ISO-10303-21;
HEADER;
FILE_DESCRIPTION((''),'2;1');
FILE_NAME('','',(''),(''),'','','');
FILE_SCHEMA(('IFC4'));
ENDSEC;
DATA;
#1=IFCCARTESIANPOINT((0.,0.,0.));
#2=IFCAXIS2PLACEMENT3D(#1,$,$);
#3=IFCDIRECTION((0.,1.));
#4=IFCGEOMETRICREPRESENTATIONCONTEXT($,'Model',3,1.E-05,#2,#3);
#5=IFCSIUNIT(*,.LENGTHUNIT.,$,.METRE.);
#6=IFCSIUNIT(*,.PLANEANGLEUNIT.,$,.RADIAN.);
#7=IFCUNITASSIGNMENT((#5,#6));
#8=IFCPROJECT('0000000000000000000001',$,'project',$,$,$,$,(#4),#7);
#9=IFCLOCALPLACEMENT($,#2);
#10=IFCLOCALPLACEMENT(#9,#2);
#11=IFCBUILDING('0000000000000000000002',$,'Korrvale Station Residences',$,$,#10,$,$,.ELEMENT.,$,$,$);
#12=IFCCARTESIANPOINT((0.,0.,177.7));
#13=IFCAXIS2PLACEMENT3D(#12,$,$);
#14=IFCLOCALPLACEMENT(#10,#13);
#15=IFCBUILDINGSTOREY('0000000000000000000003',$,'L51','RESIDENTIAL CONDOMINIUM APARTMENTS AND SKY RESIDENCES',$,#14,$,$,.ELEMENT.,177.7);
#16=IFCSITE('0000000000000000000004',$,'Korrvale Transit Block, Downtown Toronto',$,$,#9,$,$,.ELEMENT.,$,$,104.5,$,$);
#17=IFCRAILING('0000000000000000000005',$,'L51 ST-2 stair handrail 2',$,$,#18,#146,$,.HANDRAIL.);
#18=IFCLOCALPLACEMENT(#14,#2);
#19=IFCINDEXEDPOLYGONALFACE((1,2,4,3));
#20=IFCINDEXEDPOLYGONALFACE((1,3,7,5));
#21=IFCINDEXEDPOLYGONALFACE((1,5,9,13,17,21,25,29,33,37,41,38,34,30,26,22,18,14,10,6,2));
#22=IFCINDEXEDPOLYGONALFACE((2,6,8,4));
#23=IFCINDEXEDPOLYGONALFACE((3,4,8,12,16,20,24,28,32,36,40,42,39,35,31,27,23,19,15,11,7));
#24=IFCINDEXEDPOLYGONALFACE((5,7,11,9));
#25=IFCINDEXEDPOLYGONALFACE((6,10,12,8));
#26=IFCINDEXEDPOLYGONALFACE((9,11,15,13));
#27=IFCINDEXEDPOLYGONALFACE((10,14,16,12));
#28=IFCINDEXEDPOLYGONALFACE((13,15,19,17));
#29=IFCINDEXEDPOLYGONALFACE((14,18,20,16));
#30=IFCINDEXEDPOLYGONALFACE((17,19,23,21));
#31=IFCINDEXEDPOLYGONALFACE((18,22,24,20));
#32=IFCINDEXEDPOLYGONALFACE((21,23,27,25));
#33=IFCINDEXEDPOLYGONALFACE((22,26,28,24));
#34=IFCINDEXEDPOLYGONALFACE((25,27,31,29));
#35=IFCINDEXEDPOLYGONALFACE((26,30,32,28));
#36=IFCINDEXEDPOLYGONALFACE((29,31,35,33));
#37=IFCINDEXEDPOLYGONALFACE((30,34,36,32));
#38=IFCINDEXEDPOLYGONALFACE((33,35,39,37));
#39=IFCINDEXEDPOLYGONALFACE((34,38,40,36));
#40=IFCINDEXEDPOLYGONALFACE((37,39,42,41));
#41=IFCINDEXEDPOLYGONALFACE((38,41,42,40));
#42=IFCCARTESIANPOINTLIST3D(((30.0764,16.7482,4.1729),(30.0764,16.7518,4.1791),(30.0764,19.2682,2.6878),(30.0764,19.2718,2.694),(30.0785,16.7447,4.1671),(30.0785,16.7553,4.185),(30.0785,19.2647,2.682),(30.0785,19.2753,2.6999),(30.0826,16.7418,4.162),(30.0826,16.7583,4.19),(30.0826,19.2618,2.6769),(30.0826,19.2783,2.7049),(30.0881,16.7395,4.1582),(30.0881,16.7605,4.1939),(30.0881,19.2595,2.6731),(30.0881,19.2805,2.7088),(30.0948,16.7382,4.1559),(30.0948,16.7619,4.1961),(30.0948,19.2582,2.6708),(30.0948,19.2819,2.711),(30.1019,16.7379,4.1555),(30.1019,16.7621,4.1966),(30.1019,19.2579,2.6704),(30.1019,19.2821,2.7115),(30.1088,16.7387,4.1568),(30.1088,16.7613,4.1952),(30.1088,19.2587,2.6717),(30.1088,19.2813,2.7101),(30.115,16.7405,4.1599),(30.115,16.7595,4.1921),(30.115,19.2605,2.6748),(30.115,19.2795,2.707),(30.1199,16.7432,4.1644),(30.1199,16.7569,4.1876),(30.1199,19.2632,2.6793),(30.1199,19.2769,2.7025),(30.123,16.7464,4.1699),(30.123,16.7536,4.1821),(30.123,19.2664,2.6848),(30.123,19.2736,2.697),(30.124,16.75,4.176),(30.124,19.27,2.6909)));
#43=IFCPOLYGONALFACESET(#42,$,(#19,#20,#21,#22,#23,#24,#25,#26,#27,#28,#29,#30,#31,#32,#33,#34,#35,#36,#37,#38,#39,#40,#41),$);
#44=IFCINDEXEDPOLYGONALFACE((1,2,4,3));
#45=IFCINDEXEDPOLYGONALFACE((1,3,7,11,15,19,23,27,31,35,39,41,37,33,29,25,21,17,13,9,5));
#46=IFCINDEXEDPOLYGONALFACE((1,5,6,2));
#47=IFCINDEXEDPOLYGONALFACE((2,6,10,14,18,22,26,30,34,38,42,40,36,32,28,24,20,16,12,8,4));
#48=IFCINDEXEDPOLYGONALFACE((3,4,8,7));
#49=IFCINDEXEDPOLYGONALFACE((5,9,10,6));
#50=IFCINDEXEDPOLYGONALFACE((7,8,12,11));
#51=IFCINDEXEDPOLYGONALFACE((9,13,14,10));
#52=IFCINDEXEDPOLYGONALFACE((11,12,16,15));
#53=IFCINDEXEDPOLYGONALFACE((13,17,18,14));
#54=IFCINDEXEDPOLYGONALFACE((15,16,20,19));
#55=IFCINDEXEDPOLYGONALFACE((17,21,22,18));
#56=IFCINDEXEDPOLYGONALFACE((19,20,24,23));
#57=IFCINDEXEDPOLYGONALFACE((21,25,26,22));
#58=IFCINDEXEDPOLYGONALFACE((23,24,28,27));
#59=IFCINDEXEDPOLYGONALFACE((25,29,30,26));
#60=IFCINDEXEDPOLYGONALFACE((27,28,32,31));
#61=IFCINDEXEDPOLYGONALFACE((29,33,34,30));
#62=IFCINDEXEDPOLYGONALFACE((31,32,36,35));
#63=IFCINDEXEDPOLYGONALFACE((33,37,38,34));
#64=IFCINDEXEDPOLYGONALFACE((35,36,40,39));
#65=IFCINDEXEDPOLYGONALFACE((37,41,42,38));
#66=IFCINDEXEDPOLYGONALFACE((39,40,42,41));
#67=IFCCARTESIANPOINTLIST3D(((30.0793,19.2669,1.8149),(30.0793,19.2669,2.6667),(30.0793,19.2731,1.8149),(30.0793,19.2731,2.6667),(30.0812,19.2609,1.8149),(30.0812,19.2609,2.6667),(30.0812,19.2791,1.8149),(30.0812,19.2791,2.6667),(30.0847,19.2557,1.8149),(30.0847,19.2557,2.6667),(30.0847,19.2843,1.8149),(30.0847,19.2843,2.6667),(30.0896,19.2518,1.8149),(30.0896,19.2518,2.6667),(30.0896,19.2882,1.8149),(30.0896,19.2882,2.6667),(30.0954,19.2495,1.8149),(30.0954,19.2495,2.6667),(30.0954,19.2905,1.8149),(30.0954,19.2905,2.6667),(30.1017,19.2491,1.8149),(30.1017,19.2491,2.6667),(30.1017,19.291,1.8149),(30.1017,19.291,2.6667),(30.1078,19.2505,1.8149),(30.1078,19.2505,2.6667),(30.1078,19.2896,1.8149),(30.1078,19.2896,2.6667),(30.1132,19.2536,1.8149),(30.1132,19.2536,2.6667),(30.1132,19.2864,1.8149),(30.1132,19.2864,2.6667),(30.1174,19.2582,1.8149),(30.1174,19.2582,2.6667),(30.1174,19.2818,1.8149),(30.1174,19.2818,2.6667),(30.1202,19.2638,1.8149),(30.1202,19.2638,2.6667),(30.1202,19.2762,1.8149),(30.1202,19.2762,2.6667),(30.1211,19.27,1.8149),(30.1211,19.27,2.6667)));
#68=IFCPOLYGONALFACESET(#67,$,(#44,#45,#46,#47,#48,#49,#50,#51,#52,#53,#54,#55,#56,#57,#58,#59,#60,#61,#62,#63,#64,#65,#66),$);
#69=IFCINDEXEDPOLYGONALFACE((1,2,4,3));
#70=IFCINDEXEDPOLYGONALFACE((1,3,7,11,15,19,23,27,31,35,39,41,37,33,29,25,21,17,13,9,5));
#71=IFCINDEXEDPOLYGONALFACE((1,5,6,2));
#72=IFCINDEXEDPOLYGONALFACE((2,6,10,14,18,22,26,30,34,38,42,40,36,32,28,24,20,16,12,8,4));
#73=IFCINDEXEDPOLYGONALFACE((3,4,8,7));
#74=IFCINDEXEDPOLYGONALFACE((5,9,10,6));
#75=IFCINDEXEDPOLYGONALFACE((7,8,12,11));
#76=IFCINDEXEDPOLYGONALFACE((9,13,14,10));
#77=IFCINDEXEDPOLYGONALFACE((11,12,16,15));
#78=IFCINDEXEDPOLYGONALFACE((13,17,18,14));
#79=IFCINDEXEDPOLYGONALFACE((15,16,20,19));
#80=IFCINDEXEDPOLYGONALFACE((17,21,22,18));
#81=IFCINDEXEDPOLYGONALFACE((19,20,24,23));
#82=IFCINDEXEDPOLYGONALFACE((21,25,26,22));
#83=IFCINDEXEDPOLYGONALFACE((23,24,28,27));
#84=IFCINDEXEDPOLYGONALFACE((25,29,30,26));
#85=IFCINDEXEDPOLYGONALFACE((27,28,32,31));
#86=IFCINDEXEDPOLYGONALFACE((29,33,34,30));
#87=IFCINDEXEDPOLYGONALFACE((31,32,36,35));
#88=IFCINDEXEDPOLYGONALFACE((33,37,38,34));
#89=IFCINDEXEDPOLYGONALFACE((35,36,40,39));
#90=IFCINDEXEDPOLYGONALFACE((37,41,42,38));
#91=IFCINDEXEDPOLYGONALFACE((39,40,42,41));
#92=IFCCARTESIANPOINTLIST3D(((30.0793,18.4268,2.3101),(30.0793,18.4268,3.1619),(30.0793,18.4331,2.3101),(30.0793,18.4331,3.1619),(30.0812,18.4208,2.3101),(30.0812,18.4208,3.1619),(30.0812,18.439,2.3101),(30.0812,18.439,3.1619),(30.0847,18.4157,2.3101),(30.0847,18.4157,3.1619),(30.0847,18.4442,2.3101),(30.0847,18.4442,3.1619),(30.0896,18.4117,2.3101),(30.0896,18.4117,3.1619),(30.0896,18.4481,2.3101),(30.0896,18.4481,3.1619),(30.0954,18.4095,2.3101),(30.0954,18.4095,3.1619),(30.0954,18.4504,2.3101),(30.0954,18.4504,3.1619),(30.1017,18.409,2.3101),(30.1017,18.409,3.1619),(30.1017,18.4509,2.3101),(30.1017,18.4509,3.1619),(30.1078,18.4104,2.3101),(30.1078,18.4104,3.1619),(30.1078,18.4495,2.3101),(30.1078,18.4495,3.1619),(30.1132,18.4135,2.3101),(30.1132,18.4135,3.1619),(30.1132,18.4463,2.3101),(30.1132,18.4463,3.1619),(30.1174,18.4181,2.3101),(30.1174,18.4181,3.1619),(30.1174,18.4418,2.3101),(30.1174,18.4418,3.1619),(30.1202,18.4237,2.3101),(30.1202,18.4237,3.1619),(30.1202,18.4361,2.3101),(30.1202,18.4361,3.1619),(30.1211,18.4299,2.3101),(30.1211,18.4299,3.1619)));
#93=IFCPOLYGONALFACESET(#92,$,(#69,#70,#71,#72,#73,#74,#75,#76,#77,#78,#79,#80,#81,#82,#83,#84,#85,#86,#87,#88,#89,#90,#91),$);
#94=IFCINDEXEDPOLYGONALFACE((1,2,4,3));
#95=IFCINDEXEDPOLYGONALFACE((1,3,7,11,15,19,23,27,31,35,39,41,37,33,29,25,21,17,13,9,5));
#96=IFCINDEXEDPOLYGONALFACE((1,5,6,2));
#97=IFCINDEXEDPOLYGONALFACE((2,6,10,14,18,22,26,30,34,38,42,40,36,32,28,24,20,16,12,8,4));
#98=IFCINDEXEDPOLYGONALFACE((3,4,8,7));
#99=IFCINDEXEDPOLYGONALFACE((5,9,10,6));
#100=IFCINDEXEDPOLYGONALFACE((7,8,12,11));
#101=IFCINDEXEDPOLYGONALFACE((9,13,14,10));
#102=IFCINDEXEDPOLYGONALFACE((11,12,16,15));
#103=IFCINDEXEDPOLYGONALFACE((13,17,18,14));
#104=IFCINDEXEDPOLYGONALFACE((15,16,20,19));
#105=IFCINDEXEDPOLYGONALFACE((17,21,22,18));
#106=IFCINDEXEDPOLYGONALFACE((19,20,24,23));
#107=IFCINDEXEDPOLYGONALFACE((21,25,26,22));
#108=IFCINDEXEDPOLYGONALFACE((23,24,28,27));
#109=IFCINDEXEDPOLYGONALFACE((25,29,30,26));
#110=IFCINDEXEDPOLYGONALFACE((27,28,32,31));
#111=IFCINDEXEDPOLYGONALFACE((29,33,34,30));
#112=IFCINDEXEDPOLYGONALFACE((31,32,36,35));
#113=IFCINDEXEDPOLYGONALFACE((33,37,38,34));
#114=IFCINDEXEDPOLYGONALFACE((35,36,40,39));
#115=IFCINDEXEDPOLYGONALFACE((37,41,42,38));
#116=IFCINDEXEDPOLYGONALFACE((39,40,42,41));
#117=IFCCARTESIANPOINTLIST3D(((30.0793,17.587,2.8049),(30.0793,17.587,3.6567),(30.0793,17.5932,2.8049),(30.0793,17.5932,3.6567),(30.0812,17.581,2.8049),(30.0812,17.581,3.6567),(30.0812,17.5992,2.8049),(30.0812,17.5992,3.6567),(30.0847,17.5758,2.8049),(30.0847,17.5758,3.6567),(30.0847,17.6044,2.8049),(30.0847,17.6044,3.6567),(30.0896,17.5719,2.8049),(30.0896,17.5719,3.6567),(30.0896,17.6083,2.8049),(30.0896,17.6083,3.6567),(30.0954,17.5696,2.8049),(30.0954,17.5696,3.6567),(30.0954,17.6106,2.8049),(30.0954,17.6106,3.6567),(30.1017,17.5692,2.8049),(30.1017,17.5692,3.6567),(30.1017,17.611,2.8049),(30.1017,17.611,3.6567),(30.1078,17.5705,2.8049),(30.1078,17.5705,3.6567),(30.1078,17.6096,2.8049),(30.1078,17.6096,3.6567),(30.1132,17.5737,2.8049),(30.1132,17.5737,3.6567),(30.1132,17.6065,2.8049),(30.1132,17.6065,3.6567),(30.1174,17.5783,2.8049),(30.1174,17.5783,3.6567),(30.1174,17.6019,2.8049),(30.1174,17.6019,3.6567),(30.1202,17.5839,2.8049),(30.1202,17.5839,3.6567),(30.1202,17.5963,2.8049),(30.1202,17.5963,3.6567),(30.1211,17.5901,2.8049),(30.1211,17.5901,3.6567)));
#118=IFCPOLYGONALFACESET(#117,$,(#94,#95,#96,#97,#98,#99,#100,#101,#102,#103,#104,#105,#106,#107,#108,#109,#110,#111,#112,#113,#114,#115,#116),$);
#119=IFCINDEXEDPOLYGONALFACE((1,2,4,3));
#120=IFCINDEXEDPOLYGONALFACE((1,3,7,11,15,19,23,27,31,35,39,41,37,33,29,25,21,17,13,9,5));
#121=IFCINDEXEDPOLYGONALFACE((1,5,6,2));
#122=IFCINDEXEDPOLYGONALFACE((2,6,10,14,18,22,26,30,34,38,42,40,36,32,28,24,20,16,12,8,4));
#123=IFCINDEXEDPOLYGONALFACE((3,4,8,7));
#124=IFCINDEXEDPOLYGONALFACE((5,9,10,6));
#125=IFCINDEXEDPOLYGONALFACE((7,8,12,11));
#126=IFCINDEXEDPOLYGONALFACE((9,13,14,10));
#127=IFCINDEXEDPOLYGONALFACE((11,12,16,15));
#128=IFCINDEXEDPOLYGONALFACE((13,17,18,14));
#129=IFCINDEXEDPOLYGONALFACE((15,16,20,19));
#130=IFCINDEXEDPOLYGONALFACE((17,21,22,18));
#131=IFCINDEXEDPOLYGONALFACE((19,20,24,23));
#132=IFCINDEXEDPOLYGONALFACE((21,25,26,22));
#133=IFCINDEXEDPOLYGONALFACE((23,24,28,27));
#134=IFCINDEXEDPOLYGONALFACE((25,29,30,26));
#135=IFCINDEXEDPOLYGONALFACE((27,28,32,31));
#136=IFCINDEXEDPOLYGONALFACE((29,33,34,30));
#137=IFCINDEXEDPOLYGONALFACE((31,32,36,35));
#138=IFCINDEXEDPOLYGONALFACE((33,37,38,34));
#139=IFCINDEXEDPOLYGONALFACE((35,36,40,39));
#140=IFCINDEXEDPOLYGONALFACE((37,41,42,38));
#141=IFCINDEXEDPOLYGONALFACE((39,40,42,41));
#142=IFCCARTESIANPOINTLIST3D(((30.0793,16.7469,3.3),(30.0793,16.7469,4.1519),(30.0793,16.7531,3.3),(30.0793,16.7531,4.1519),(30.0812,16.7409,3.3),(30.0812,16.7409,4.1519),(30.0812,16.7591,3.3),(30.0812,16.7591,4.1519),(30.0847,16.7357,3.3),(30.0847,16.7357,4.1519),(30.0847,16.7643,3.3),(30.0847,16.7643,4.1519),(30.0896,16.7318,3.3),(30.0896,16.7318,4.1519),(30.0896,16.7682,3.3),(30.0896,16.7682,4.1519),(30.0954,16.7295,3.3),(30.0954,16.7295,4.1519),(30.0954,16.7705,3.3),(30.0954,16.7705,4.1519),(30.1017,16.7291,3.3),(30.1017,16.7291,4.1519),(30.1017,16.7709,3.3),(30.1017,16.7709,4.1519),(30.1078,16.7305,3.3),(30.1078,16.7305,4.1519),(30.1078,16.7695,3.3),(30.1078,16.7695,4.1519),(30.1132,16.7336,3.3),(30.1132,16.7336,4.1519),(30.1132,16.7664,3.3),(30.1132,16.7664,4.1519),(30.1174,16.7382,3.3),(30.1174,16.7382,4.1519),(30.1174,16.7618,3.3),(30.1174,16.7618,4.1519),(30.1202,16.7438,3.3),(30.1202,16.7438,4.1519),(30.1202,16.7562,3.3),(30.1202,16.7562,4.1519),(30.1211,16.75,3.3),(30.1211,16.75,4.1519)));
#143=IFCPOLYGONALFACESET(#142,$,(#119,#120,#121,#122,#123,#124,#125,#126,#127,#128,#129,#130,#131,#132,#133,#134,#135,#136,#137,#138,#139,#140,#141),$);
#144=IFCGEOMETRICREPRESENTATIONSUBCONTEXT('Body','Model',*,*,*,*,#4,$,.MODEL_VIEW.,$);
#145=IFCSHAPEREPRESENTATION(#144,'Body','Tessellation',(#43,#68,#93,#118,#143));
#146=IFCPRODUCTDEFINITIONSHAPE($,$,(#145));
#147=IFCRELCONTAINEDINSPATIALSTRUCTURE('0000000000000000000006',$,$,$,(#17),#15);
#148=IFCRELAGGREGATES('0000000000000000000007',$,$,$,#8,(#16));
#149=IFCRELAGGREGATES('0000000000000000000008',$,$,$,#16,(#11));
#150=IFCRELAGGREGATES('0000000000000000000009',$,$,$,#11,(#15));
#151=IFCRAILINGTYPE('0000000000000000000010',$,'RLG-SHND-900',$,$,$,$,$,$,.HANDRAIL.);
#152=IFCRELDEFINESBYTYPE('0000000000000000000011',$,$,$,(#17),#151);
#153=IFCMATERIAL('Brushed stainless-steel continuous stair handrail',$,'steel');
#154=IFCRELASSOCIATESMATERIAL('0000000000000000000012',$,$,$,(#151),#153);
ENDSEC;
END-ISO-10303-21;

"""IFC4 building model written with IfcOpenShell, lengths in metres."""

from ifc_helpers import new_model, si_unit, direction, frame, origin, origin_2d, place, context, subcontext, project, spatial, circle, extrude, material, type_object, element, save


model = new_model("IFC4")

# Units and contexts
model_context = context("Model", 3, precision=1e-05, world=origin(), true_north=direction((0.0, 1.0)))
body_context = subcontext(model_context, "Body", "Model", "MODEL_VIEW")
ifc_project = project(units=[si_unit("LENGTHUNIT", "METRE"), si_unit("PLANEANGLEUNIT", "RADIAN")], contexts=[model_context])

# Site, building, storey
site_placement = place(None, origin())
site = spatial("IfcSite", under=ifc_project, at=site_placement, Name="Korrvale Transit Block, Downtown Toronto", CompositionType="ELEMENT", RefElevation=104.5)
building_placement = place(site_placement, origin())
building = spatial("IfcBuilding", under=site, at=building_placement, Name="Korrvale Station Residences", CompositionType="ELEMENT")
storey_placement = place(building_placement, frame((0.0, 0.0, 177.7)))
storey = spatial("IfcBuildingStorey", under=building, at=storey_placement, Name="L51", Description="RESIDENTIAL CONDOMINIUM APARTMENTS AND SKY RESIDENCES", CompositionType="ELEMENT", Elevation=177.7)

# Railing
ifc_material_1 = material(Name="Brushed stainless-steel continuous stair handrail", Category="steel")
railing_type_1 = type_object("IfcRailingType", Name="RLG-SHND-900", PredefinedType="HANDRAIL", material=ifc_material_1)
railing_1_placement = place(storey_placement, frame((30.1001, 19.27, 1.8149)))
element("IfcRailing", 1, at=railing_1_placement, inside=storey, type_object=railing_type_1, Name="L51 ST-2 stair handrail 2", PredefinedType="HANDRAIL", context=body_context, shape_type="SweptSolid", body=[
    extrude(circle(Radius=0.0239, at=origin_2d()), frame((0.0, 0.0, 0.876), z_axis=(0.0, -0.861524, 0.507717), x_axis=(1.0, 0.0, 0.0)), (0.0, 0.0, 1.0), 2.925),
    extrude(circle(Radius=0.021, at=origin_2d()), origin(), (0.0, 0.0, 1.0), 0.8518),
    extrude(circle(Radius=0.021, at=origin_2d()), frame((0.0, -0.8401, 0.4951)), (0.0, 0.0, 1.0), 0.8518),
    extrude(circle(Radius=0.021, at=origin_2d()), frame((0.0, -1.6799, 0.99)), (0.0, 0.0, 1.0), 0.8518),
    extrude(circle(Radius=0.021, at=origin_2d()), frame((0.0, -2.52, 1.4851)), (0.0, 0.0, 1.0), 0.8518),
])

save(model, "model.ifc")
